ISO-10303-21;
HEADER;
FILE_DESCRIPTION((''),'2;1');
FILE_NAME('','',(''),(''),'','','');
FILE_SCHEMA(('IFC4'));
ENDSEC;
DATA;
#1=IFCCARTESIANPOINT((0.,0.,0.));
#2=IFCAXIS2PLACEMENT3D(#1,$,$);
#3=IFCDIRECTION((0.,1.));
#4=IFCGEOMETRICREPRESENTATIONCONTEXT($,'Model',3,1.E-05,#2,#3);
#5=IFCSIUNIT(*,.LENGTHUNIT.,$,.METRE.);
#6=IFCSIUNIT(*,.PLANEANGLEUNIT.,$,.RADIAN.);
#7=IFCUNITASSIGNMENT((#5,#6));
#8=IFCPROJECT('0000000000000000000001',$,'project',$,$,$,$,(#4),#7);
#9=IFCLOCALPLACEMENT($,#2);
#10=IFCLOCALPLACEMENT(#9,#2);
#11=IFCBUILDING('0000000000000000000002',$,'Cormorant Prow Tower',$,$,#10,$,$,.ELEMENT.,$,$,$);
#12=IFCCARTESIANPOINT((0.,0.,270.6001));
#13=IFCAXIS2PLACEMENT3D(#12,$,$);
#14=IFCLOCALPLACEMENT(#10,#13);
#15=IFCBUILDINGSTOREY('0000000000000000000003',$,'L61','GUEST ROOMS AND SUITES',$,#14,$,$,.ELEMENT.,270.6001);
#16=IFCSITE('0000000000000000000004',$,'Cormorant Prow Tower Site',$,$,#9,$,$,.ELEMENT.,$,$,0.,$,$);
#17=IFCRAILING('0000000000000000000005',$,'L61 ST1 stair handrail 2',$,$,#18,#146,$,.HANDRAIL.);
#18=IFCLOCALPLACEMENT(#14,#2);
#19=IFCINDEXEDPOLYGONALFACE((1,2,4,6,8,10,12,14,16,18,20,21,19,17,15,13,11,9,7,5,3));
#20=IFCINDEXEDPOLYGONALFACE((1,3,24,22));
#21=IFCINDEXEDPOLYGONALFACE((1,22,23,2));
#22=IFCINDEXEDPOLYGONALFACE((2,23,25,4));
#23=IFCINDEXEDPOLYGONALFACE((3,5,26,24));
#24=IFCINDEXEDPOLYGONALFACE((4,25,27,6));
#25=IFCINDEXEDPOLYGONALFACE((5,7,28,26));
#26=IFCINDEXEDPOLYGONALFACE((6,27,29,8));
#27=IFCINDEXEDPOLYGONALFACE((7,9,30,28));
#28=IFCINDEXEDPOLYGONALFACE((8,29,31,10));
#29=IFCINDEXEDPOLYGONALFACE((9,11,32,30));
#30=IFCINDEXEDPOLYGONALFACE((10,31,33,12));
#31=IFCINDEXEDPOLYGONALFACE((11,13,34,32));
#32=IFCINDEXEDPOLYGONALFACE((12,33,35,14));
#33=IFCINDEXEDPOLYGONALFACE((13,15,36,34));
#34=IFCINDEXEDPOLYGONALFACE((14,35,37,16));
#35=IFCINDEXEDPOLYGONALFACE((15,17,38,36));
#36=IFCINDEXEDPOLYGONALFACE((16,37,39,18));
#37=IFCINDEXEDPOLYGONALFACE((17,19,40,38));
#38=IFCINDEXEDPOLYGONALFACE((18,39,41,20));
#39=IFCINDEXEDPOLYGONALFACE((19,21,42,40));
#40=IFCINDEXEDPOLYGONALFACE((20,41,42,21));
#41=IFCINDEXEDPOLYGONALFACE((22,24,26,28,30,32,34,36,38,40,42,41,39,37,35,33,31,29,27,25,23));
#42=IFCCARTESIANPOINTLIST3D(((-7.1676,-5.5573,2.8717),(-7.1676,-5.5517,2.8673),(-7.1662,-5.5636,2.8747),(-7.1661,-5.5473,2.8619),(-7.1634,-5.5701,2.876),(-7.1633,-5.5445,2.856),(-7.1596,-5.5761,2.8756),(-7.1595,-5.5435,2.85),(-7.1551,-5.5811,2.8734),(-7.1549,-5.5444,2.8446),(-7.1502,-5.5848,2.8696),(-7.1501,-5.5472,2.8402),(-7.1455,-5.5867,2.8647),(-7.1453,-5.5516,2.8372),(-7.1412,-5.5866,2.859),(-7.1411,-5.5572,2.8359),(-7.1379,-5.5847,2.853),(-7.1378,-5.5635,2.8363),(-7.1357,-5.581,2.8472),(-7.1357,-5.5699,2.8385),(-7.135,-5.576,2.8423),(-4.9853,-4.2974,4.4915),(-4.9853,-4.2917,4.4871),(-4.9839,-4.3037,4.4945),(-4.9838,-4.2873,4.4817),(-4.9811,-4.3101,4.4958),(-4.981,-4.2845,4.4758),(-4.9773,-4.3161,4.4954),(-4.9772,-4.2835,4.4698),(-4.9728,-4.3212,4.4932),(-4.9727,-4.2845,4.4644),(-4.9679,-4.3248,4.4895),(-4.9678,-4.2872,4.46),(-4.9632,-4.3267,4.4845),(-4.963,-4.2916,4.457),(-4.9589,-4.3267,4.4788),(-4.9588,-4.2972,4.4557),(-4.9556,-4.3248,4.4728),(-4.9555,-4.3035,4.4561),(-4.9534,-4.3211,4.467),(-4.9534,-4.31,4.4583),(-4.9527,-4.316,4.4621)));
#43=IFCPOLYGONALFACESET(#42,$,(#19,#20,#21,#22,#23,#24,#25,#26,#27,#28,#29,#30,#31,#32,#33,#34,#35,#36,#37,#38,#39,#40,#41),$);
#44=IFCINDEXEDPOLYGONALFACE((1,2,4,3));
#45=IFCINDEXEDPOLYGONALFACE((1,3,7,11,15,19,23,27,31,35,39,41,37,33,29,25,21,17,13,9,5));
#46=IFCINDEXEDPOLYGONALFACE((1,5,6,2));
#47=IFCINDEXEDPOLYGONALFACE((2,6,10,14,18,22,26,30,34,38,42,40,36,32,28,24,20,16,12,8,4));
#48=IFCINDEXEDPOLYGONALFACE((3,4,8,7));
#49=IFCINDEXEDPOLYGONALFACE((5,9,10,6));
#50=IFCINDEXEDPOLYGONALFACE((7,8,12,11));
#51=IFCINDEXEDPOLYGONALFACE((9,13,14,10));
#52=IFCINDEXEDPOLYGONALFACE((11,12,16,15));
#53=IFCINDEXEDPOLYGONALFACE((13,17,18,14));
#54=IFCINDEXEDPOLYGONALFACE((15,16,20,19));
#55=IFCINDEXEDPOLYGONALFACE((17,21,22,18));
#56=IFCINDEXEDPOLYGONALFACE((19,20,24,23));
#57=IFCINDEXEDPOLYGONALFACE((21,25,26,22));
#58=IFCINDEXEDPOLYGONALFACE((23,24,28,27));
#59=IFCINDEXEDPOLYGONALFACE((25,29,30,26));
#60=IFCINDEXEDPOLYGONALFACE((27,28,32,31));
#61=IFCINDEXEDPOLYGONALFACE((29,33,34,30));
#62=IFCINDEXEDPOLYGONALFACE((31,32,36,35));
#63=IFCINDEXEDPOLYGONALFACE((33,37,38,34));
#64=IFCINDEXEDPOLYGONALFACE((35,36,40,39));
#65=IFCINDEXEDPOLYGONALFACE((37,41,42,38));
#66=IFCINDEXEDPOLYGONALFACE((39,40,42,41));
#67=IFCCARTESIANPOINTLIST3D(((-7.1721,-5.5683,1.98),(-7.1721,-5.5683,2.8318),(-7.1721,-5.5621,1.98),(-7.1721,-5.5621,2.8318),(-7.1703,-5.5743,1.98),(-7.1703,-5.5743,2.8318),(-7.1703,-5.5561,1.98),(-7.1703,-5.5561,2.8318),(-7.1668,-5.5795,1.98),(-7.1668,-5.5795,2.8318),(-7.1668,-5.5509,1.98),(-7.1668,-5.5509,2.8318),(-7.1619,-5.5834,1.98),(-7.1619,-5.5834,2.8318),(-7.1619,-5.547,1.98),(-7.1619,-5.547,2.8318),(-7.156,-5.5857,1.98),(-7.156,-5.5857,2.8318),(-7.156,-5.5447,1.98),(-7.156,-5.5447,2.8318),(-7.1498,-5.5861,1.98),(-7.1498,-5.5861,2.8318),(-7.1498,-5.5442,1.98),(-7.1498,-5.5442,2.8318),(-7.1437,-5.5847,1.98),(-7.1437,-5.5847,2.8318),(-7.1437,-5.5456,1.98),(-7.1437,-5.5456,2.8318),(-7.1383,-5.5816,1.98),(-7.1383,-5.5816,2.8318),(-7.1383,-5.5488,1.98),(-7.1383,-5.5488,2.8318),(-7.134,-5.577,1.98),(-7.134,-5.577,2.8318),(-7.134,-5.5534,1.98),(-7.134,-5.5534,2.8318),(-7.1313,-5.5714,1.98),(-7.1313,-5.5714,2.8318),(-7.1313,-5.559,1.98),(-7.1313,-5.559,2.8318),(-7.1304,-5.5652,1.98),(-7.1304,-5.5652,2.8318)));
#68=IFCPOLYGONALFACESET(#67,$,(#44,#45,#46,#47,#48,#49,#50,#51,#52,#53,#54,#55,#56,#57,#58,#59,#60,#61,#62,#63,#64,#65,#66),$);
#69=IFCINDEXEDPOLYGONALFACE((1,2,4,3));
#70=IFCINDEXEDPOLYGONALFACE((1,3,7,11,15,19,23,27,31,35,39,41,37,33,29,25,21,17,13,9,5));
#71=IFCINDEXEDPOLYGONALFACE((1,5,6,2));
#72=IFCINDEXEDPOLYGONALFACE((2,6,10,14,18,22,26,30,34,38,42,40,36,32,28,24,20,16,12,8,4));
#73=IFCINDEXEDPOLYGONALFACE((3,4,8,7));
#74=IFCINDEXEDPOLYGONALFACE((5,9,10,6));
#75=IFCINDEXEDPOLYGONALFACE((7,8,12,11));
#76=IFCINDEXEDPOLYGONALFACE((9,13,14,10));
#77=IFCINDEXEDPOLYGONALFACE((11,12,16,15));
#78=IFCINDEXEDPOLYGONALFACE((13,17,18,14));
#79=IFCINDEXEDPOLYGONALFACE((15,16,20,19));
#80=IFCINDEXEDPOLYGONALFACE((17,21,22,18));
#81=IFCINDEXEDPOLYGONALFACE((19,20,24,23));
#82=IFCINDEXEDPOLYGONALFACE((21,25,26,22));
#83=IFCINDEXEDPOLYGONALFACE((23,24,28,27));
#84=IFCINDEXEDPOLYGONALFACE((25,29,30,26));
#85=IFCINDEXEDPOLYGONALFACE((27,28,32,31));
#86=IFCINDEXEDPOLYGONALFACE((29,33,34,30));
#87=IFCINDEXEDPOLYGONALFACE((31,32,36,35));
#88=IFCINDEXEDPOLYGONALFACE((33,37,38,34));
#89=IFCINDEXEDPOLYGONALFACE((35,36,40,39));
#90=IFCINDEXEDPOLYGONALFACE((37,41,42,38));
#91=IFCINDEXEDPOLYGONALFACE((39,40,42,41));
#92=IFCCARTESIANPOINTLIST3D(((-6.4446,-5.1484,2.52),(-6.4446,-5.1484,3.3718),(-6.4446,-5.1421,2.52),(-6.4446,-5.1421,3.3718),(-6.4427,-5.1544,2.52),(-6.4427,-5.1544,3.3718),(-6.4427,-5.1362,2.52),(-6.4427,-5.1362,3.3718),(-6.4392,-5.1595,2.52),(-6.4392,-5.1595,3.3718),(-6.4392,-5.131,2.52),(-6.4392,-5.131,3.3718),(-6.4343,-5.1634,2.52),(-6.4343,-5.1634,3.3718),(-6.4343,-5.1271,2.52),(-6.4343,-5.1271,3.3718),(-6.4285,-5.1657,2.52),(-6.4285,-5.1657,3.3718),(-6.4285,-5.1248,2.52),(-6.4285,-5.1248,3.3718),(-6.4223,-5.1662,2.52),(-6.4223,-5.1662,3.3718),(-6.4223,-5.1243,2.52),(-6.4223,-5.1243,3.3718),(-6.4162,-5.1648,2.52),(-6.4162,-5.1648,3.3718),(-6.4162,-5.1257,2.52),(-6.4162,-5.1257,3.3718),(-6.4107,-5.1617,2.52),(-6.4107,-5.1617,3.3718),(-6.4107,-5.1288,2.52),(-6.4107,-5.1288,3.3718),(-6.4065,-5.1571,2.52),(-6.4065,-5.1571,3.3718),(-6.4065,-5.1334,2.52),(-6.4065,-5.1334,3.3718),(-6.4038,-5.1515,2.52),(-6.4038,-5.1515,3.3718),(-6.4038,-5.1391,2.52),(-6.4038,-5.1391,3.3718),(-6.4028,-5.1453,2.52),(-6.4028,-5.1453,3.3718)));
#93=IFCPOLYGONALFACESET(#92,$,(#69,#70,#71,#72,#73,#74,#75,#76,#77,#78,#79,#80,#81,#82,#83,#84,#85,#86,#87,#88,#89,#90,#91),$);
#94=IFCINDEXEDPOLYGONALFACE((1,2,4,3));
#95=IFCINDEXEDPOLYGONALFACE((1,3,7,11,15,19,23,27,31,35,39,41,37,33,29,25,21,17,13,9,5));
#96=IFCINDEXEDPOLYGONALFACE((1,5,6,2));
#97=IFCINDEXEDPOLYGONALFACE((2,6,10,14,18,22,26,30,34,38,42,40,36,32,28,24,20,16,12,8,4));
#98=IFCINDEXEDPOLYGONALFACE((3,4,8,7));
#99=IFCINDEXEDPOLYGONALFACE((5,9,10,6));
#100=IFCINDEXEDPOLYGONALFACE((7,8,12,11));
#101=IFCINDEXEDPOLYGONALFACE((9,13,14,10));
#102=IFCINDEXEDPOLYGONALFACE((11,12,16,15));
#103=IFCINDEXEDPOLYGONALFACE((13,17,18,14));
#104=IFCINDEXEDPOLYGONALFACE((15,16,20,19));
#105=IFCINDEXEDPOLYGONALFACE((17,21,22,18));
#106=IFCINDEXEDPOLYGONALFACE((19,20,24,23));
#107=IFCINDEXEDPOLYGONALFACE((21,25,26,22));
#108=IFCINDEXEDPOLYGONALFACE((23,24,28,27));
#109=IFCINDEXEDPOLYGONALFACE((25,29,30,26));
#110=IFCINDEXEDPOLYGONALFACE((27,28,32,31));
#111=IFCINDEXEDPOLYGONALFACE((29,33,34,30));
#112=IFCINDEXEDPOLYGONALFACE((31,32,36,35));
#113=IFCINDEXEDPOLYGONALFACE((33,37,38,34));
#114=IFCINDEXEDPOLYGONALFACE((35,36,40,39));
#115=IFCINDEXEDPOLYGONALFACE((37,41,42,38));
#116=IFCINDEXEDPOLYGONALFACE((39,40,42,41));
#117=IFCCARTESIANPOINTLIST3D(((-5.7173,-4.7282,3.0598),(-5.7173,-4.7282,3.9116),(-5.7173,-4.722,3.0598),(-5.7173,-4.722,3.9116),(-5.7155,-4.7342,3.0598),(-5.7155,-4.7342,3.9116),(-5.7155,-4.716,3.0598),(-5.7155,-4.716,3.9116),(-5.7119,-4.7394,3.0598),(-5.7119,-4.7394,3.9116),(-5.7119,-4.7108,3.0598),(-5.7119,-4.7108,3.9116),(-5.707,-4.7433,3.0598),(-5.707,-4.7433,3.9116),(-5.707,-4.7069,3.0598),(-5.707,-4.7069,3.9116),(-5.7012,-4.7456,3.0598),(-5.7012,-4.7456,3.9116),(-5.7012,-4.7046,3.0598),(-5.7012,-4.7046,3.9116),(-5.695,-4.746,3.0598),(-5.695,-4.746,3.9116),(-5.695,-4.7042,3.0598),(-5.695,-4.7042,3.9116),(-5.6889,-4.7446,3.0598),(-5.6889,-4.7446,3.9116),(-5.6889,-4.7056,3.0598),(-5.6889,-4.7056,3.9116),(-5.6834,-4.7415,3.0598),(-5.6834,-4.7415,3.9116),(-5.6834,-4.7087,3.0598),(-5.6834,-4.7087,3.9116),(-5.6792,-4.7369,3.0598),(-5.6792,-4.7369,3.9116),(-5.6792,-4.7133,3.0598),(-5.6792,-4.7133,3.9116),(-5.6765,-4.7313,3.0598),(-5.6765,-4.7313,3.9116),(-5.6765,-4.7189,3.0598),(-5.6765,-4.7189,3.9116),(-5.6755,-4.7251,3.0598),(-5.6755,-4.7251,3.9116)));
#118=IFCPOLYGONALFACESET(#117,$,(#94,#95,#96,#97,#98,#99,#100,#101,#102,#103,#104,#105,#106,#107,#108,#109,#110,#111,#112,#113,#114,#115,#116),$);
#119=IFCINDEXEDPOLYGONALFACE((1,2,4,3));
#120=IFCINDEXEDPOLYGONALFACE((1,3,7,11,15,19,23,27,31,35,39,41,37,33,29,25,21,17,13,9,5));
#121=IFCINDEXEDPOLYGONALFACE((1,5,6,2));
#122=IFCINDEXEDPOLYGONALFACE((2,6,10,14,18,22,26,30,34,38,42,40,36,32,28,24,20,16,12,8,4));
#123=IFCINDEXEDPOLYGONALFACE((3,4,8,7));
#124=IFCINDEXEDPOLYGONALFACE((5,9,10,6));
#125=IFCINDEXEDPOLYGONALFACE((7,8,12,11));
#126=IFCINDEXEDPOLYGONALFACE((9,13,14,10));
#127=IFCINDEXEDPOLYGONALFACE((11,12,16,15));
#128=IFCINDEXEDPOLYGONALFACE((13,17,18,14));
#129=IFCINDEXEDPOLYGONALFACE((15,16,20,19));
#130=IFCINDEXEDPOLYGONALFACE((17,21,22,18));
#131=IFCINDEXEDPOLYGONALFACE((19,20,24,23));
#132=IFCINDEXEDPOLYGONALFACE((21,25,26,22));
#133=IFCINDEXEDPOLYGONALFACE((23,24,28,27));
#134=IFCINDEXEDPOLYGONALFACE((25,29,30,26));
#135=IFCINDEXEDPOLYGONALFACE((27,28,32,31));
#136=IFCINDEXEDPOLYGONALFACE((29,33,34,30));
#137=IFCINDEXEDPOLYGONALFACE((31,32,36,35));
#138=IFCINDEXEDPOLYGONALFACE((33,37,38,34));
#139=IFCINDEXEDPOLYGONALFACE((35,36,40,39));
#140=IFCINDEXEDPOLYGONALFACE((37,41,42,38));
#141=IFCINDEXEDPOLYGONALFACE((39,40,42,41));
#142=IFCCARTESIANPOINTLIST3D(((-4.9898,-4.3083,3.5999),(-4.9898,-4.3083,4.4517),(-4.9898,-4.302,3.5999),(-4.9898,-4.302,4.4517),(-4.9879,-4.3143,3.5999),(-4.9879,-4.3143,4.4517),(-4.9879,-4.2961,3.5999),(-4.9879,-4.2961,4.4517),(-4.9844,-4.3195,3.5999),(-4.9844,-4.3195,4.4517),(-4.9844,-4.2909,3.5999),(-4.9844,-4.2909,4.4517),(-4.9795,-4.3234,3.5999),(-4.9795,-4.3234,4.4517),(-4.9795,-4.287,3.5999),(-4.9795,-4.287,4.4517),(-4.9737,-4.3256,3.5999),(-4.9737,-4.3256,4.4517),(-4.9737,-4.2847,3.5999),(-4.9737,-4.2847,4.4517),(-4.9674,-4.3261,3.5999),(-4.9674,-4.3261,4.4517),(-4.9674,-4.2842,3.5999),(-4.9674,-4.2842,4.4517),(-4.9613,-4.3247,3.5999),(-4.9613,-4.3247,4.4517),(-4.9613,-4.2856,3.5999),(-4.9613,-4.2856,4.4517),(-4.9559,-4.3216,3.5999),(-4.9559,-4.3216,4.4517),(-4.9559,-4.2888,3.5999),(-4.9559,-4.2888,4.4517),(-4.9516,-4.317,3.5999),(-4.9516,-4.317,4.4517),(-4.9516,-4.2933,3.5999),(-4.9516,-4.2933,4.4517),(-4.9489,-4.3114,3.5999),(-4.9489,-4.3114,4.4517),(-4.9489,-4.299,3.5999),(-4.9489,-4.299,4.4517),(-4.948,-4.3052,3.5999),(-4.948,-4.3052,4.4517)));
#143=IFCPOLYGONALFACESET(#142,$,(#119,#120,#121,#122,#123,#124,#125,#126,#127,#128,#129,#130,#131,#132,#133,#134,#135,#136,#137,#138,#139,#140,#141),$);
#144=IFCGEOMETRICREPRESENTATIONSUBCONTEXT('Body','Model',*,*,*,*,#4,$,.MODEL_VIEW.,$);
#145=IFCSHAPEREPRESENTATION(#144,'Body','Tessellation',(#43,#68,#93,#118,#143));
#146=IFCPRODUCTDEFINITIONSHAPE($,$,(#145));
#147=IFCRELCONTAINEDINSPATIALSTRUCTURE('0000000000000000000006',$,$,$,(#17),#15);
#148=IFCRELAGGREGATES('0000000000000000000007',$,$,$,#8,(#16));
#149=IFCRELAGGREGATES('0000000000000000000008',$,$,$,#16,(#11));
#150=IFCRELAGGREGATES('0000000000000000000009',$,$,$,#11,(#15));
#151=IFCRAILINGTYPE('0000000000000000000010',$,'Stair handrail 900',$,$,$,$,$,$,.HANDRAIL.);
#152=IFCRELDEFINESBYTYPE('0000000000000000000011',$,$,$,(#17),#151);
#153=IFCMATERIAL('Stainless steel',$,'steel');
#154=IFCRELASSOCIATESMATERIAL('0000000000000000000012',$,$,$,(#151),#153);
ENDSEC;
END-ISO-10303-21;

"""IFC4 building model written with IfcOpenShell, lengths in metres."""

from ifc_helpers import new_model, si_unit, direction, frame, origin, origin_2d, place, context, subcontext, project, spatial, circle, extrude, material, type_object, element, save


model = new_model("IFC4")

# Units and contexts
model_context = context("Model", 3, precision=1e-05, world=origin(), true_north=direction((0.0, 1.0)))
body_context = subcontext(model_context, "Body", "Model", "MODEL_VIEW")
ifc_project = project(units=[si_unit("LENGTHUNIT", "METRE"), si_unit("PLANEANGLEUNIT", "RADIAN")], contexts=[model_context])

# Site, building, storey
site_placement = place(None, origin())
site = spatial("IfcSite", under=ifc_project, at=site_placement, Name="Cormorant Prow Tower Site", CompositionType="ELEMENT", RefElevation=0.0)
building_placement = place(site_placement, origin())
building = spatial("IfcBuilding", under=site, at=building_placement, Name="Cormorant Prow Tower", CompositionType="ELEMENT")
storey_placement = place(building_placement, frame((0.0, 0.0, 270.6001)))
storey = spatial("IfcBuildingStorey", under=building, at=storey_placement, Name="L61", Description="GUEST ROOMS AND SUITES", CompositionType="ELEMENT", Elevation=270.6001)

# Railing
ifc_material_1 = material(Name="Stainless steel", Category="steel")
railing_type_1 = type_object("IfcRailingType", Name="Stair handrail 900", PredefinedType="HANDRAIL", material=ifc_material_1)
railing_1_placement = place(storey_placement, frame((-7.1514, -5.5652, 1.98)))
element("IfcRailing", 1, at=railing_1_placement, inside=storey, type_object=railing_type_1, Name="L61 ST1 stair handrail 2", PredefinedType="HANDRAIL", context=body_context, shape_type="SweptSolid", body=[
    extrude(circle(Radius=0.0239, at=origin_2d()), frame((0.0, 0.0, 0.876), z_axis=(0.728496, 0.420603, 0.540728), x_axis=(-0.500005, 0.866023, 0.0)), (0.0, 0.0, 1.0), 2.9956),
    extrude(circle(Radius=0.021, at=origin_2d()), origin(), (0.0, 0.0, 1.0), 0.8518),
    extrude(circle(Radius=0.021, at=origin_2d()), frame((0.7275, 0.4199, 0.54)), (0.0, 0.0, 1.0), 0.8518),
    extrude(circle(Radius=0.021, at=origin_2d()), frame((1.4548, 0.8401, 1.0798)), (0.0, 0.0, 1.0), 0.8518),
    extrude(circle(Radius=0.021, at=origin_2d()), frame((2.1824, 1.26, 1.6199)), (0.0, 0.0, 1.0), 0.8518),
])

save(model, "model.ifc")
